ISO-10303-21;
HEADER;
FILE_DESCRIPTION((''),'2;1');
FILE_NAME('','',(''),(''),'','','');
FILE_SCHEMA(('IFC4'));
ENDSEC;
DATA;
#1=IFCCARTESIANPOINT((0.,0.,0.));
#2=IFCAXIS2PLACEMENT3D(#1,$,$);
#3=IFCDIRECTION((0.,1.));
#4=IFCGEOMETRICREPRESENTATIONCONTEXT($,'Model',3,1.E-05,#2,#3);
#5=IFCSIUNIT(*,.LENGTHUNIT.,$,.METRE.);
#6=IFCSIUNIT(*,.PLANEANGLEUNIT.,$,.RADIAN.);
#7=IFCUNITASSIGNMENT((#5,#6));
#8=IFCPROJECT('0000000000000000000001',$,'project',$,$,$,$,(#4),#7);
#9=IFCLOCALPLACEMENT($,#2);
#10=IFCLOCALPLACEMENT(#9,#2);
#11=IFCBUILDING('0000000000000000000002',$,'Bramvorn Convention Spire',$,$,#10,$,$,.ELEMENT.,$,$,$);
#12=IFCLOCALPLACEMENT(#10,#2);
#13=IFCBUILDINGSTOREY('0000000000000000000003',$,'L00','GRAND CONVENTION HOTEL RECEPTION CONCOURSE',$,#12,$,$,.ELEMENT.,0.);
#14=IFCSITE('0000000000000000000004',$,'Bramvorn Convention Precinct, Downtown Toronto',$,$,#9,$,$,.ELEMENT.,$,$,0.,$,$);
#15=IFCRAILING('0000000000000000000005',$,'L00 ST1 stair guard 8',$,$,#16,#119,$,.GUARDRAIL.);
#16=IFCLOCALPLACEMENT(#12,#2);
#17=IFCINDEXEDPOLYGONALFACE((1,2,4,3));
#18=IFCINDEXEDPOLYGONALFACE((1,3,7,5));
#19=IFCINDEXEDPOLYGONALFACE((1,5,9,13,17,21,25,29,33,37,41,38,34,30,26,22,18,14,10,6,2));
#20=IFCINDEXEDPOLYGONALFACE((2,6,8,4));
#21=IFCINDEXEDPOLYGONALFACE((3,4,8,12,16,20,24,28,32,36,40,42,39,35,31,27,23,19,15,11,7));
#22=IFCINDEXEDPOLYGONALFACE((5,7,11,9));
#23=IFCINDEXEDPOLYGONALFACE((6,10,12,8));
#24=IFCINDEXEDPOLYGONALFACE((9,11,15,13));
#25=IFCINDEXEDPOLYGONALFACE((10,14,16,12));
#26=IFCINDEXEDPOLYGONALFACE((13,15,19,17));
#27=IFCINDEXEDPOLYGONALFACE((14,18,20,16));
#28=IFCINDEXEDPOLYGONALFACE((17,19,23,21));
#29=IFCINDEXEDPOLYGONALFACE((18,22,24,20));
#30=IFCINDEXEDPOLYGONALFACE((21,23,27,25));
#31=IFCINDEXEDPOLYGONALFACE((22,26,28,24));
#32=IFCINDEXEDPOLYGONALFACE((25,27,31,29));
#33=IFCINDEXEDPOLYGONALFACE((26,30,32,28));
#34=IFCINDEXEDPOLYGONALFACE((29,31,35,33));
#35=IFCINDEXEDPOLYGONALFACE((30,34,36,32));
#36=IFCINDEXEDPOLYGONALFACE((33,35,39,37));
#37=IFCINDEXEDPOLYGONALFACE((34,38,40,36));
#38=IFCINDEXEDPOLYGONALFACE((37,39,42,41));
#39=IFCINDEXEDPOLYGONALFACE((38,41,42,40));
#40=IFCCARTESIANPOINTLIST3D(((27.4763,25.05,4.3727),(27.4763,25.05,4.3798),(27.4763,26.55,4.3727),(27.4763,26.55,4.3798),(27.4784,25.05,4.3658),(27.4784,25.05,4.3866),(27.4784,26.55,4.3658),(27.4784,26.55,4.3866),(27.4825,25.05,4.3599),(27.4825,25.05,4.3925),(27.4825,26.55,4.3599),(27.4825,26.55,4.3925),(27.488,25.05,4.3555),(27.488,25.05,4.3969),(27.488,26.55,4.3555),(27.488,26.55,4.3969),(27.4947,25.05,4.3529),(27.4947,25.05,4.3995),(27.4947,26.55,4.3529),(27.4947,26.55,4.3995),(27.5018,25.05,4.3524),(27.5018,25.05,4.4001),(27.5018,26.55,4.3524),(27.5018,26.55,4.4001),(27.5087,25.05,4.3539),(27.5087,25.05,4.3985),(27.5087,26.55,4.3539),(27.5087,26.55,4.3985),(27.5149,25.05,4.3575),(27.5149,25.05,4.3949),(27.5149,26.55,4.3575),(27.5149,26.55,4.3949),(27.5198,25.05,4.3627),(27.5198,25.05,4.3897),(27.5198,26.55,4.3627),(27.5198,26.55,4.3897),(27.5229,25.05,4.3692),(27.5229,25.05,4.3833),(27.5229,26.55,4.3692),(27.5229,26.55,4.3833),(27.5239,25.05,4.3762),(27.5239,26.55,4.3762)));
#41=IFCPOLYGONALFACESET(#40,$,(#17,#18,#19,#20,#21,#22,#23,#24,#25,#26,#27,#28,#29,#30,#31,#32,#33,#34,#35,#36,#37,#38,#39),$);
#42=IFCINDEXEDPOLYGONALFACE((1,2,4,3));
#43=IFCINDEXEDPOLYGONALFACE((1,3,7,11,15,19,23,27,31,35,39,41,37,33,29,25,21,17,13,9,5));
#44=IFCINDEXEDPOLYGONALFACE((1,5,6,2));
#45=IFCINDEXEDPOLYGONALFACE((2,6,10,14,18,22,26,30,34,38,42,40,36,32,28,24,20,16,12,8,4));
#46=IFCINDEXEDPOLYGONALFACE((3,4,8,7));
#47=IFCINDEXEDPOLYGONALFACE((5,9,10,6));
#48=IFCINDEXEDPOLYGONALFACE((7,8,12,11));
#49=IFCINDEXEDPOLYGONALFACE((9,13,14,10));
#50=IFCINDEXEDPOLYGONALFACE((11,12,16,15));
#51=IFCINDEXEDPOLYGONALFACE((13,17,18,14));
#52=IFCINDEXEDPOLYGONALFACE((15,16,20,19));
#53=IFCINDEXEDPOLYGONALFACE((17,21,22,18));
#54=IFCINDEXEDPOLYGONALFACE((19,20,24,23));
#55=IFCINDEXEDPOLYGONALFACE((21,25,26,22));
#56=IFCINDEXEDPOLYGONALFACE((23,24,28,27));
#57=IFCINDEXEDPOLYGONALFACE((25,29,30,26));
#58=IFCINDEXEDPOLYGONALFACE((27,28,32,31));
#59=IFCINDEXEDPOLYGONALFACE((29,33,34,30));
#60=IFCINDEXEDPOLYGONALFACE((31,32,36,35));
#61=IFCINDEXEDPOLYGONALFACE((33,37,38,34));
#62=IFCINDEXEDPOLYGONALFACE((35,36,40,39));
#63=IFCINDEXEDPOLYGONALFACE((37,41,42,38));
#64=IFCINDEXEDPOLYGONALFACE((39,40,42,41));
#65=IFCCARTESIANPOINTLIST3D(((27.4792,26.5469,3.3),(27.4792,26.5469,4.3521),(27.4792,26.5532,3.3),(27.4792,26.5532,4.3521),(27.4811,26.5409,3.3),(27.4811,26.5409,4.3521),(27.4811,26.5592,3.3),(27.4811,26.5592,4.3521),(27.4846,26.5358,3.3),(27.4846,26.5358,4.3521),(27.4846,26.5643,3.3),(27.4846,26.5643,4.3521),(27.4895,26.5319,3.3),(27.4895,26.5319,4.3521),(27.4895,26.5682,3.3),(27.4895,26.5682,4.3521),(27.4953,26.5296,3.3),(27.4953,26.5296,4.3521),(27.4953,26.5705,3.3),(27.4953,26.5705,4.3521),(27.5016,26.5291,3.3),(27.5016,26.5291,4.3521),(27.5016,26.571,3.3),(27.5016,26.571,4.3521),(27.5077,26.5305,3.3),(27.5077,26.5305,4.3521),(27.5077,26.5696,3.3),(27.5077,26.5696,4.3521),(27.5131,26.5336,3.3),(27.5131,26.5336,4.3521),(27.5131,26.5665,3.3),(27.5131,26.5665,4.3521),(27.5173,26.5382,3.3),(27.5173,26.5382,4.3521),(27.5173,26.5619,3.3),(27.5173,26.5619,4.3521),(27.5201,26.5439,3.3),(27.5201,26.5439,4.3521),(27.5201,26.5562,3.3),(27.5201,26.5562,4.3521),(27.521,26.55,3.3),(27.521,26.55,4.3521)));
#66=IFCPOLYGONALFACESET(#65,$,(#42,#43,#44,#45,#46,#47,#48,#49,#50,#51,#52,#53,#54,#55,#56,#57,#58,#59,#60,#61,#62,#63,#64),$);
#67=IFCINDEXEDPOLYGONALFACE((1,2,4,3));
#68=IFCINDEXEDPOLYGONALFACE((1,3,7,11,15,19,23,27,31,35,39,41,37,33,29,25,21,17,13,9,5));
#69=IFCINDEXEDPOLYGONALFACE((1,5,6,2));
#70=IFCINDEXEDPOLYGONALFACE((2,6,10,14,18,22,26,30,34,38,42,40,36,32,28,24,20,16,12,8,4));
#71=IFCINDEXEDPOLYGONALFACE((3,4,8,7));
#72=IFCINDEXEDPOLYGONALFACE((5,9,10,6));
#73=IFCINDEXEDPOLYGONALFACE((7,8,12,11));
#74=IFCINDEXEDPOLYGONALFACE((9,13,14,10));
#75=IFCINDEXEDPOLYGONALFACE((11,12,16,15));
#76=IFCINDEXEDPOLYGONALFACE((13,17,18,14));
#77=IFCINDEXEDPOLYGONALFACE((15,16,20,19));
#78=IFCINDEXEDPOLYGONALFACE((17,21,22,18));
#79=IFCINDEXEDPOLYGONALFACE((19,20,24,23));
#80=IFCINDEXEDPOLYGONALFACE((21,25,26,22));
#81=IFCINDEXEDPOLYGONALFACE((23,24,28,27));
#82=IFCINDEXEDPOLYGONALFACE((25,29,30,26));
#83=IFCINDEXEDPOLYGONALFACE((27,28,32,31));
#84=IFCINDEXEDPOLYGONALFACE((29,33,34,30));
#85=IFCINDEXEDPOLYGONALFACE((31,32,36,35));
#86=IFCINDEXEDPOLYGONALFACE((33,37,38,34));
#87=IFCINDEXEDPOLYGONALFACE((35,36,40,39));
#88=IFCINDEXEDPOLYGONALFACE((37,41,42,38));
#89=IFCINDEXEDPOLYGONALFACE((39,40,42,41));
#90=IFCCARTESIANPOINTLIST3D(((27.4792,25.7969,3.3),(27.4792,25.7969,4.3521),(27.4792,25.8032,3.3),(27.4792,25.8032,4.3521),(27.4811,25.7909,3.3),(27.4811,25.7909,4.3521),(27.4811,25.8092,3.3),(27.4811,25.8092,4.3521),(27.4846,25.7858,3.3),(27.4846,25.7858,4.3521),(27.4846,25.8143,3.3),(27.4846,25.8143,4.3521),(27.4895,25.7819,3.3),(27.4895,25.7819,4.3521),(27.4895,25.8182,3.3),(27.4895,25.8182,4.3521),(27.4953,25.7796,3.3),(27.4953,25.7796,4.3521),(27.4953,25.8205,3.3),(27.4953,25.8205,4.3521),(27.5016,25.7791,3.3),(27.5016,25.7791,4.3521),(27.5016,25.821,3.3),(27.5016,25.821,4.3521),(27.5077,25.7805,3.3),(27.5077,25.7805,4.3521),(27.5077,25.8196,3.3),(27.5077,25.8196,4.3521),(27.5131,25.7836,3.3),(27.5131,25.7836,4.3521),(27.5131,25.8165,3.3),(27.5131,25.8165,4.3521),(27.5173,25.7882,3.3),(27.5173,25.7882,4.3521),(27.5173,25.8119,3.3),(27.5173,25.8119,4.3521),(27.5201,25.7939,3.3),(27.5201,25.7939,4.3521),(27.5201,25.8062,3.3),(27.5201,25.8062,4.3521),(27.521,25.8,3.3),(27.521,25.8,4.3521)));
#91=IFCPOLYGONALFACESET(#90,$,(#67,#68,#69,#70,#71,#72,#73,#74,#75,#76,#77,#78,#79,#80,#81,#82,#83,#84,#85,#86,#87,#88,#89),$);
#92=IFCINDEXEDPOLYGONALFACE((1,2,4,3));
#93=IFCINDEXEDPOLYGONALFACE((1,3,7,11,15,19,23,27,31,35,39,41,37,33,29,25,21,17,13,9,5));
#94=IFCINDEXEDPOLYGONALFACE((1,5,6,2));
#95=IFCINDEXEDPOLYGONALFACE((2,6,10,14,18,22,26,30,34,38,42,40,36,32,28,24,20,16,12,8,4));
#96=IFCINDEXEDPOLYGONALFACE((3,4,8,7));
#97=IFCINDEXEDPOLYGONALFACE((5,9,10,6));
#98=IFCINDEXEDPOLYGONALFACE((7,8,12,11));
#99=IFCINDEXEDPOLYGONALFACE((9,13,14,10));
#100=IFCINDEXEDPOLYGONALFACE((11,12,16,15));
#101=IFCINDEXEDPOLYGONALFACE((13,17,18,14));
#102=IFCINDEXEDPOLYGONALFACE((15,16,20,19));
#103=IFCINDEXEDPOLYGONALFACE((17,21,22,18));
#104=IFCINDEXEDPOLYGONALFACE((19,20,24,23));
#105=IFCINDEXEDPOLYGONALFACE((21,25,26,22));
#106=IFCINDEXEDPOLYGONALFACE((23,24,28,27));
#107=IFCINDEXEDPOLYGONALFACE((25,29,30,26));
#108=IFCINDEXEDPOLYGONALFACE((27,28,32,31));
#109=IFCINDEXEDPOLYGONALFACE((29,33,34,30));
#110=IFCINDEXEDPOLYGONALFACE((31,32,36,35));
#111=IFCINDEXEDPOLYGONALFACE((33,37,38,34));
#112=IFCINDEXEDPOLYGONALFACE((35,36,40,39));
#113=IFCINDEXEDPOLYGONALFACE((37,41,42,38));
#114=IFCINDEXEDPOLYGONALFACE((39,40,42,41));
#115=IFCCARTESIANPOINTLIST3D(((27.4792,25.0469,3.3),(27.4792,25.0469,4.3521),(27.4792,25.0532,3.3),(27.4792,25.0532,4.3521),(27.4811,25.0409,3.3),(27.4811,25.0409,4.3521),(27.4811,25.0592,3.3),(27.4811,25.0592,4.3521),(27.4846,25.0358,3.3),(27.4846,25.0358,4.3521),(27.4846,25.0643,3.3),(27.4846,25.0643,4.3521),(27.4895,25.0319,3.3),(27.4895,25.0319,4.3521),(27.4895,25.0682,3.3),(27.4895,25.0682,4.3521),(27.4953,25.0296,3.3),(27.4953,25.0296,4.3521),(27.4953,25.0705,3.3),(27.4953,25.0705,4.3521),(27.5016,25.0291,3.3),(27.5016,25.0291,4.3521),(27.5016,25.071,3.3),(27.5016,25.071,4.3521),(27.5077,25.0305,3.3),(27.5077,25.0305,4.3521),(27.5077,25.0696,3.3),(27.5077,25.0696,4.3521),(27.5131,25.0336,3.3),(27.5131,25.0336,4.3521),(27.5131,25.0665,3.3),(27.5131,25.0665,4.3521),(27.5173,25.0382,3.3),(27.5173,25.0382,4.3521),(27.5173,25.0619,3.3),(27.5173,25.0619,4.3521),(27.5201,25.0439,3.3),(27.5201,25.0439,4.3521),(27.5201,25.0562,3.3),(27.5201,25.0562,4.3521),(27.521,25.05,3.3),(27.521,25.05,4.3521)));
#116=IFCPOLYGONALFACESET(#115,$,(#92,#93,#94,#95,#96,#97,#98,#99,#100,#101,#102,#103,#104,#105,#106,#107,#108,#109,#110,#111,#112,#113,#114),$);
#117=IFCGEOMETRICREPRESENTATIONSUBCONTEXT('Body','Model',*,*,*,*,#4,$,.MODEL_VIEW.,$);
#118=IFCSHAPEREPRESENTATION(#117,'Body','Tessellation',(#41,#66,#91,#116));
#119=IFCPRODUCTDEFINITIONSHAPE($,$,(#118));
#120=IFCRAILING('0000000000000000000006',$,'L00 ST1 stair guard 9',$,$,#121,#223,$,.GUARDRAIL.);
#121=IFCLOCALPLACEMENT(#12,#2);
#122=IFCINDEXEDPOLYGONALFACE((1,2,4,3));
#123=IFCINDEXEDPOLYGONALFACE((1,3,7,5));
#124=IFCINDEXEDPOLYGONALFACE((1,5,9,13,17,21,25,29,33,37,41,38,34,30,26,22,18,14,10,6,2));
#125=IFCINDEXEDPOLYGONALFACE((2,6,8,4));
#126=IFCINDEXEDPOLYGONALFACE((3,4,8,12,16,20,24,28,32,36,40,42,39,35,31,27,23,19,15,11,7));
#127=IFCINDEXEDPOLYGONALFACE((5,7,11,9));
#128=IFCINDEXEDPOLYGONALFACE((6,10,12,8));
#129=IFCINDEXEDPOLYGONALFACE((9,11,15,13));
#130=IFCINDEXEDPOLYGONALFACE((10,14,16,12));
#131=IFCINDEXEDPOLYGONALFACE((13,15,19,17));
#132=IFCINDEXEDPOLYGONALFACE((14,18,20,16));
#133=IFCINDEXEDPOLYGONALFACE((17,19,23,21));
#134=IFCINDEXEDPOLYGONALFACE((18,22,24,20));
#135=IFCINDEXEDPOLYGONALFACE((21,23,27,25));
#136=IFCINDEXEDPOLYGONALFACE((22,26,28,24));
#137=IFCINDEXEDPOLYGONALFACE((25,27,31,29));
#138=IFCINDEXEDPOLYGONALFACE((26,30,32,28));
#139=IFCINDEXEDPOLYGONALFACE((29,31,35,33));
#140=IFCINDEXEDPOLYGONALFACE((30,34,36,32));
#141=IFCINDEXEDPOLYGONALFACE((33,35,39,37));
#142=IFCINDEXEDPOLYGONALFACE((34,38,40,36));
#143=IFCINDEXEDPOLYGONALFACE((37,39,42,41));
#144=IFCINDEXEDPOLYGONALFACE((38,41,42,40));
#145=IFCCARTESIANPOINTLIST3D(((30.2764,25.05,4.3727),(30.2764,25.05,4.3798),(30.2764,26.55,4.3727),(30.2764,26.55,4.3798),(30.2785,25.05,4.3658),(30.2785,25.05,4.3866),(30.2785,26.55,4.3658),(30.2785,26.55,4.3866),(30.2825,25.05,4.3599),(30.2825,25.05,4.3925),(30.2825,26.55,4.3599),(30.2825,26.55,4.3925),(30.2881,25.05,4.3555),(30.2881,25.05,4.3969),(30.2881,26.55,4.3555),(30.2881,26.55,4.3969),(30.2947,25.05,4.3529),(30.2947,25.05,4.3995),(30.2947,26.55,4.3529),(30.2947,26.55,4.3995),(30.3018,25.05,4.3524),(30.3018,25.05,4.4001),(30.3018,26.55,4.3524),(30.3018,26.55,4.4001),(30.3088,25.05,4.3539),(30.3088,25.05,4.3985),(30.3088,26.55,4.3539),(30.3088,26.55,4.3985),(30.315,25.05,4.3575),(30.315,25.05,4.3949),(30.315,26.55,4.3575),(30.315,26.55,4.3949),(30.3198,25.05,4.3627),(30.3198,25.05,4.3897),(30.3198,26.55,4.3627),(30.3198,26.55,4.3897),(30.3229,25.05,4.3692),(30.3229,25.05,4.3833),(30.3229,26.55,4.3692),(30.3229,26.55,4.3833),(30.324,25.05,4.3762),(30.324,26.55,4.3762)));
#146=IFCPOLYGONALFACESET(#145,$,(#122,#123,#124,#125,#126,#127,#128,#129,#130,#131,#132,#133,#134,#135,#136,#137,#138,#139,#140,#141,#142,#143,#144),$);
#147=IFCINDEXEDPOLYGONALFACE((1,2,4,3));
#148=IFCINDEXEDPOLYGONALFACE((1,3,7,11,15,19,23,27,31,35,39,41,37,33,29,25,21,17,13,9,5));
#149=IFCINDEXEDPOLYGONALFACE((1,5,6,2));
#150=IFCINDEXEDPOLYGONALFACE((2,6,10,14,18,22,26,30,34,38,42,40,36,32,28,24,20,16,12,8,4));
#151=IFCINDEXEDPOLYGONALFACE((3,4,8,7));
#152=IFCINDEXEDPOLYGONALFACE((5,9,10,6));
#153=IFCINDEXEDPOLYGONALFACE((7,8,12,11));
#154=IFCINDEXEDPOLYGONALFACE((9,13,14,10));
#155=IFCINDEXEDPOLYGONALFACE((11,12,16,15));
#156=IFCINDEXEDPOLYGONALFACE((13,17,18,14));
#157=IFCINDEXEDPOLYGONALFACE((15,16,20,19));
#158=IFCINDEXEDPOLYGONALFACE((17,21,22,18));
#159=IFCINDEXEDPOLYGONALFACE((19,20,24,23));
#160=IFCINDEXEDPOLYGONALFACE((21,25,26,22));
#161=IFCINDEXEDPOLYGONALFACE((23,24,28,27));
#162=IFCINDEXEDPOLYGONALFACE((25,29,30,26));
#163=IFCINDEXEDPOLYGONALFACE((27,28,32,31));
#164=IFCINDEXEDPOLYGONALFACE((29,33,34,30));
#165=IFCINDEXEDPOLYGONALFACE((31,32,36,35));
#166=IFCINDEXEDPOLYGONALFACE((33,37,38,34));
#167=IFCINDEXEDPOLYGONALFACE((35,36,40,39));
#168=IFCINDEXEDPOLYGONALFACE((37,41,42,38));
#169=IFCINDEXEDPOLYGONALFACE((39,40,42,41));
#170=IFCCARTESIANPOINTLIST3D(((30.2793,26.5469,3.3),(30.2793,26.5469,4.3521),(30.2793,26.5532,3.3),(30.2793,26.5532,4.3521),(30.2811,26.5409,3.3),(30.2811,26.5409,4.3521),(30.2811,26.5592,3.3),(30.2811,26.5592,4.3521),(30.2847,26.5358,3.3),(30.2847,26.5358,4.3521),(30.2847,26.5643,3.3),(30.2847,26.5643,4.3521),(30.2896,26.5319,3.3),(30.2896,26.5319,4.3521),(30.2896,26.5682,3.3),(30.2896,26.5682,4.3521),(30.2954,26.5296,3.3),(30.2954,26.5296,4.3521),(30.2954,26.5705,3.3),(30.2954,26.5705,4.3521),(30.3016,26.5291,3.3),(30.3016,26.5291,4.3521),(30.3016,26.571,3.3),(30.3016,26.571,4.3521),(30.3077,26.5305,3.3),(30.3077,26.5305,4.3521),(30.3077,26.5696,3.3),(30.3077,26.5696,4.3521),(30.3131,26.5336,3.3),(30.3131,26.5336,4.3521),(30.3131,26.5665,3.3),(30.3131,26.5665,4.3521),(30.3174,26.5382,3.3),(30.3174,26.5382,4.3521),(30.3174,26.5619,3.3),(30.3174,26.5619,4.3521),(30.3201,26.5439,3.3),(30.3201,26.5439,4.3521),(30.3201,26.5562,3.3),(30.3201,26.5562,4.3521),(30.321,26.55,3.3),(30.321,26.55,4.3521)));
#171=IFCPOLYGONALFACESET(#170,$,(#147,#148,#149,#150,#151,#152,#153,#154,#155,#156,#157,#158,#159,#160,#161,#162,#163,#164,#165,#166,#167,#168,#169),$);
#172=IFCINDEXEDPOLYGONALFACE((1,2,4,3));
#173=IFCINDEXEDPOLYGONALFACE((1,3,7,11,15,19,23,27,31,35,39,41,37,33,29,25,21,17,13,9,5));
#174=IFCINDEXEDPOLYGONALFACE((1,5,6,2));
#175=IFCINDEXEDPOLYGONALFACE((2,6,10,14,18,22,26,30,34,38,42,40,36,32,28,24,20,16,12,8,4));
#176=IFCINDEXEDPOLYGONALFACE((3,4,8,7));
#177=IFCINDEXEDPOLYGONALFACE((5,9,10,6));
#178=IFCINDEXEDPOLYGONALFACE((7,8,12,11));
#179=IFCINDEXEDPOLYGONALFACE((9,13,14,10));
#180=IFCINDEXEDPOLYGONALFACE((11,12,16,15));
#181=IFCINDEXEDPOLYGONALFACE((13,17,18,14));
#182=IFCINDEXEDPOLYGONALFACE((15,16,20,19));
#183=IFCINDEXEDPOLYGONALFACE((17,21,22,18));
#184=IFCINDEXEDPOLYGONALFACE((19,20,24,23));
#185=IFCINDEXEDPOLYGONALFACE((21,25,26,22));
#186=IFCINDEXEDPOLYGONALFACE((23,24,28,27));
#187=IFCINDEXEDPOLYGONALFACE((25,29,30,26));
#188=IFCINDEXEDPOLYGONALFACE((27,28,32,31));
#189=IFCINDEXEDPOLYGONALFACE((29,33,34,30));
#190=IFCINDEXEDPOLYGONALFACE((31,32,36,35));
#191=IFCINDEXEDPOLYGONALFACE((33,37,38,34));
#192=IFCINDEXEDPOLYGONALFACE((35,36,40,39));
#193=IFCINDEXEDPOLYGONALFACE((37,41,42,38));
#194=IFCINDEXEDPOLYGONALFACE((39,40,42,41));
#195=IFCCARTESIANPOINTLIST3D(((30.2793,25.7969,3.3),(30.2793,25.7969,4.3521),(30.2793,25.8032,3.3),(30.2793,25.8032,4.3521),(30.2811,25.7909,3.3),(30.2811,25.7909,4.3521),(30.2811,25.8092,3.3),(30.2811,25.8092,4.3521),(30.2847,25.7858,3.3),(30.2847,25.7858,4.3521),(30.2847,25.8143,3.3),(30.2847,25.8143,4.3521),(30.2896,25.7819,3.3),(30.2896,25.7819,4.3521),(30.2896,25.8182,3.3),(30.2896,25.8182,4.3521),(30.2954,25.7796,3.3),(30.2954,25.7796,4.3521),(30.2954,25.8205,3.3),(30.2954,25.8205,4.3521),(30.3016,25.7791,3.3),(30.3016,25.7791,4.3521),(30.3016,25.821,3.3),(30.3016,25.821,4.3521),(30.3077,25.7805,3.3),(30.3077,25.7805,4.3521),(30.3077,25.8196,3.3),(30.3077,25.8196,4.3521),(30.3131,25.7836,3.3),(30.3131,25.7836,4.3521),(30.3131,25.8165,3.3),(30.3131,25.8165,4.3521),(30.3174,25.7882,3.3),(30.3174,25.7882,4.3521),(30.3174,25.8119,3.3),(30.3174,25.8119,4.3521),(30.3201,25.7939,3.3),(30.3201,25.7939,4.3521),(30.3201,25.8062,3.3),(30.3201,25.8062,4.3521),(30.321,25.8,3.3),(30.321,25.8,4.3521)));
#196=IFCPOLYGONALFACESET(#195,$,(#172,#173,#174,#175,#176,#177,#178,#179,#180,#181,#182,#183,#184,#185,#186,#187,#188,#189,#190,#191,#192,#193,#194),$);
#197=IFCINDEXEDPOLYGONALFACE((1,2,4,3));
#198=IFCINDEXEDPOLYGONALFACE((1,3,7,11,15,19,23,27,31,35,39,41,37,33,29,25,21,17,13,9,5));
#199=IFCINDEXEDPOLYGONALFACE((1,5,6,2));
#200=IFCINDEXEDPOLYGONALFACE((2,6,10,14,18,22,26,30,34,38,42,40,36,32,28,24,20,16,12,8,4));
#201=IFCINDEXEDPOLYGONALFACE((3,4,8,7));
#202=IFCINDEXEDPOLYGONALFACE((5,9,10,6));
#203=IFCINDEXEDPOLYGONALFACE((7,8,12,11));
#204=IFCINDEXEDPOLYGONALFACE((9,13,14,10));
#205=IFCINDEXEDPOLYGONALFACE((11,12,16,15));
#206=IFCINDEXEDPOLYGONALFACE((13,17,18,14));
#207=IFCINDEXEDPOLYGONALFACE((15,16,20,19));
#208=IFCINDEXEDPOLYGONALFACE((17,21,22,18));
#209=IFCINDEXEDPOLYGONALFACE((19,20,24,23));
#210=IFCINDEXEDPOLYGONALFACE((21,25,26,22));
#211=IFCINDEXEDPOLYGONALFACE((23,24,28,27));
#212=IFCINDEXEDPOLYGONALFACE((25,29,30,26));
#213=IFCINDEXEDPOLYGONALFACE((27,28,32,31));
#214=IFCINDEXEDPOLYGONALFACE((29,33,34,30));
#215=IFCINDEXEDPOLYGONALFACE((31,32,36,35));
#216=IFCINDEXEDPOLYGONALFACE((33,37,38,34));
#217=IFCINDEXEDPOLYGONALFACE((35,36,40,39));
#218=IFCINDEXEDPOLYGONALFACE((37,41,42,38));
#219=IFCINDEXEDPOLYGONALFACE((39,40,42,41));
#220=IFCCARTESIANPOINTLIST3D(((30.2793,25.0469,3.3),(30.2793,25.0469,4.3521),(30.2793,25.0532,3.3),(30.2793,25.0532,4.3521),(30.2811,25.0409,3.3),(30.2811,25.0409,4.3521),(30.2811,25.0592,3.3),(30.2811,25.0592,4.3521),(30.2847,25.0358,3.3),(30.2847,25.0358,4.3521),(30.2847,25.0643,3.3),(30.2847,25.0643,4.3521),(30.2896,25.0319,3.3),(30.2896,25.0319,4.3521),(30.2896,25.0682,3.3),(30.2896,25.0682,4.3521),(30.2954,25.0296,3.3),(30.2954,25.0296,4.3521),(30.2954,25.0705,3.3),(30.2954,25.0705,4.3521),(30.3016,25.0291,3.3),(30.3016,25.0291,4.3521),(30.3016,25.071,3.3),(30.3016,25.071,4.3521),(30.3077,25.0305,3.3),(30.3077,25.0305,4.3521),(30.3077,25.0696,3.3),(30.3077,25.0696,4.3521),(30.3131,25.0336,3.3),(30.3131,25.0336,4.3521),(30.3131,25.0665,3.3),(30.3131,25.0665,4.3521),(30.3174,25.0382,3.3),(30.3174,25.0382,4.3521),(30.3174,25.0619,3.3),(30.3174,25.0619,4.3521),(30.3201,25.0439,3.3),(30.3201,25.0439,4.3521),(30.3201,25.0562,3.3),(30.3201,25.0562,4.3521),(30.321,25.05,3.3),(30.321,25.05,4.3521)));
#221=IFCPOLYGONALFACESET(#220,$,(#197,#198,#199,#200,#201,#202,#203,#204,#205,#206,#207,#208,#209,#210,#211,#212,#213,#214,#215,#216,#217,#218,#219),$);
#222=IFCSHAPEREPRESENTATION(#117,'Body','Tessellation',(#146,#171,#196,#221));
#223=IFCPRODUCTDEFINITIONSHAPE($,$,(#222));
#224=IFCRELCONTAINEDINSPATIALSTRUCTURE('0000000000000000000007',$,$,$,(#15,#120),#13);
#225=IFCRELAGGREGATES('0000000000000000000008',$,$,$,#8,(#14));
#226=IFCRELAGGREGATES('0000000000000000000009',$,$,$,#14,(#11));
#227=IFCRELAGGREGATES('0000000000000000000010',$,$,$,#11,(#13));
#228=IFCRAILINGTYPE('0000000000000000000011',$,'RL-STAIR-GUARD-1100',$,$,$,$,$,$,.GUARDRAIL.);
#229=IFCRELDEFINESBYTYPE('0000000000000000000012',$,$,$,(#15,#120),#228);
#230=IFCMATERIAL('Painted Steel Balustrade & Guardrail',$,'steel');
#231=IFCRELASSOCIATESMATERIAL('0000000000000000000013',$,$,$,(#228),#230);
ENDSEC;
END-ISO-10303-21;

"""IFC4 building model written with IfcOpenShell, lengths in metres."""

from ifc_helpers import new_model, si_unit, direction, frame, origin, origin_2d, place, context, subcontext, project, spatial, circle, extrude, material, type_object, element, save


model = new_model("IFC4")

# Units and contexts
model_context = context("Model", 3, precision=1e-05, world=origin(), true_north=direction((0.0, 1.0)))
body_context = subcontext(model_context, "Body", "Model", "MODEL_VIEW")
ifc_project = project(units=[si_unit("LENGTHUNIT", "METRE"), si_unit("PLANEANGLEUNIT", "RADIAN")], contexts=[model_context])

# Site, building, storey
site_placement = place(None, origin())
site = spatial("IfcSite", under=ifc_project, at=site_placement, Name="Bramvorn Convention Precinct, Downtown Toronto", CompositionType="ELEMENT", RefElevation=0.0)
building_placement = place(site_placement, origin())
building = spatial("IfcBuilding", under=site, at=building_placement, Name="Bramvorn Convention Spire", CompositionType="ELEMENT")
storey_placement = place(building_placement, origin())
storey = spatial("IfcBuildingStorey", under=building, at=storey_placement, Name="L00", Description="GRAND CONVENTION HOTEL RECEPTION CONCOURSE", CompositionType="ELEMENT", Elevation=0.0)

# Railings
ifc_material_1 = material(Name="Painted Steel Balustrade & Guardrail", Category="steel")
railing_type = type_object("IfcRailingType", Name="RL-STAIR-GUARD-1100", PredefinedType="GUARDRAIL", material=ifc_material_1)
for number, where, name in (
    (1, (27.5, 26.55, 3.3), "L00 ST1 stair guard 8"),
    (2, (30.3, 26.55, 3.3), "L00 ST1 stair guard 9"),
):
    element("IfcRailing", number, at=place(storey_placement, frame(where)), inside=storey, type_object=railing_type, Name=name, PredefinedType="GUARDRAIL", context=body_context, shape_type="SweptSolid", body=[
        extrude(circle(Radius=0.0239, at=origin_2d()), frame((0.0, 0.0, 1.0762), z_axis=(0.0, -1.0, 0.0), x_axis=(1.0, 0.0, 0.0)), (0.0, 0.0, 1.0), 1.5),
        extrude(circle(Radius=0.021, at=origin_2d()), origin(), (0.0, 0.0, 1.0), 1.052),
        extrude(circle(Radius=0.021, at=origin_2d()), frame((0.0, -0.75, 0.0)), (0.0, 0.0, 1.0), 1.052),
        extrude(circle(Radius=0.021, at=origin_2d()), frame((0.0, -1.5, 0.0)), (0.0, 0.0, 1.0), 1.052),
    ])

save(model, "model.ifc")
